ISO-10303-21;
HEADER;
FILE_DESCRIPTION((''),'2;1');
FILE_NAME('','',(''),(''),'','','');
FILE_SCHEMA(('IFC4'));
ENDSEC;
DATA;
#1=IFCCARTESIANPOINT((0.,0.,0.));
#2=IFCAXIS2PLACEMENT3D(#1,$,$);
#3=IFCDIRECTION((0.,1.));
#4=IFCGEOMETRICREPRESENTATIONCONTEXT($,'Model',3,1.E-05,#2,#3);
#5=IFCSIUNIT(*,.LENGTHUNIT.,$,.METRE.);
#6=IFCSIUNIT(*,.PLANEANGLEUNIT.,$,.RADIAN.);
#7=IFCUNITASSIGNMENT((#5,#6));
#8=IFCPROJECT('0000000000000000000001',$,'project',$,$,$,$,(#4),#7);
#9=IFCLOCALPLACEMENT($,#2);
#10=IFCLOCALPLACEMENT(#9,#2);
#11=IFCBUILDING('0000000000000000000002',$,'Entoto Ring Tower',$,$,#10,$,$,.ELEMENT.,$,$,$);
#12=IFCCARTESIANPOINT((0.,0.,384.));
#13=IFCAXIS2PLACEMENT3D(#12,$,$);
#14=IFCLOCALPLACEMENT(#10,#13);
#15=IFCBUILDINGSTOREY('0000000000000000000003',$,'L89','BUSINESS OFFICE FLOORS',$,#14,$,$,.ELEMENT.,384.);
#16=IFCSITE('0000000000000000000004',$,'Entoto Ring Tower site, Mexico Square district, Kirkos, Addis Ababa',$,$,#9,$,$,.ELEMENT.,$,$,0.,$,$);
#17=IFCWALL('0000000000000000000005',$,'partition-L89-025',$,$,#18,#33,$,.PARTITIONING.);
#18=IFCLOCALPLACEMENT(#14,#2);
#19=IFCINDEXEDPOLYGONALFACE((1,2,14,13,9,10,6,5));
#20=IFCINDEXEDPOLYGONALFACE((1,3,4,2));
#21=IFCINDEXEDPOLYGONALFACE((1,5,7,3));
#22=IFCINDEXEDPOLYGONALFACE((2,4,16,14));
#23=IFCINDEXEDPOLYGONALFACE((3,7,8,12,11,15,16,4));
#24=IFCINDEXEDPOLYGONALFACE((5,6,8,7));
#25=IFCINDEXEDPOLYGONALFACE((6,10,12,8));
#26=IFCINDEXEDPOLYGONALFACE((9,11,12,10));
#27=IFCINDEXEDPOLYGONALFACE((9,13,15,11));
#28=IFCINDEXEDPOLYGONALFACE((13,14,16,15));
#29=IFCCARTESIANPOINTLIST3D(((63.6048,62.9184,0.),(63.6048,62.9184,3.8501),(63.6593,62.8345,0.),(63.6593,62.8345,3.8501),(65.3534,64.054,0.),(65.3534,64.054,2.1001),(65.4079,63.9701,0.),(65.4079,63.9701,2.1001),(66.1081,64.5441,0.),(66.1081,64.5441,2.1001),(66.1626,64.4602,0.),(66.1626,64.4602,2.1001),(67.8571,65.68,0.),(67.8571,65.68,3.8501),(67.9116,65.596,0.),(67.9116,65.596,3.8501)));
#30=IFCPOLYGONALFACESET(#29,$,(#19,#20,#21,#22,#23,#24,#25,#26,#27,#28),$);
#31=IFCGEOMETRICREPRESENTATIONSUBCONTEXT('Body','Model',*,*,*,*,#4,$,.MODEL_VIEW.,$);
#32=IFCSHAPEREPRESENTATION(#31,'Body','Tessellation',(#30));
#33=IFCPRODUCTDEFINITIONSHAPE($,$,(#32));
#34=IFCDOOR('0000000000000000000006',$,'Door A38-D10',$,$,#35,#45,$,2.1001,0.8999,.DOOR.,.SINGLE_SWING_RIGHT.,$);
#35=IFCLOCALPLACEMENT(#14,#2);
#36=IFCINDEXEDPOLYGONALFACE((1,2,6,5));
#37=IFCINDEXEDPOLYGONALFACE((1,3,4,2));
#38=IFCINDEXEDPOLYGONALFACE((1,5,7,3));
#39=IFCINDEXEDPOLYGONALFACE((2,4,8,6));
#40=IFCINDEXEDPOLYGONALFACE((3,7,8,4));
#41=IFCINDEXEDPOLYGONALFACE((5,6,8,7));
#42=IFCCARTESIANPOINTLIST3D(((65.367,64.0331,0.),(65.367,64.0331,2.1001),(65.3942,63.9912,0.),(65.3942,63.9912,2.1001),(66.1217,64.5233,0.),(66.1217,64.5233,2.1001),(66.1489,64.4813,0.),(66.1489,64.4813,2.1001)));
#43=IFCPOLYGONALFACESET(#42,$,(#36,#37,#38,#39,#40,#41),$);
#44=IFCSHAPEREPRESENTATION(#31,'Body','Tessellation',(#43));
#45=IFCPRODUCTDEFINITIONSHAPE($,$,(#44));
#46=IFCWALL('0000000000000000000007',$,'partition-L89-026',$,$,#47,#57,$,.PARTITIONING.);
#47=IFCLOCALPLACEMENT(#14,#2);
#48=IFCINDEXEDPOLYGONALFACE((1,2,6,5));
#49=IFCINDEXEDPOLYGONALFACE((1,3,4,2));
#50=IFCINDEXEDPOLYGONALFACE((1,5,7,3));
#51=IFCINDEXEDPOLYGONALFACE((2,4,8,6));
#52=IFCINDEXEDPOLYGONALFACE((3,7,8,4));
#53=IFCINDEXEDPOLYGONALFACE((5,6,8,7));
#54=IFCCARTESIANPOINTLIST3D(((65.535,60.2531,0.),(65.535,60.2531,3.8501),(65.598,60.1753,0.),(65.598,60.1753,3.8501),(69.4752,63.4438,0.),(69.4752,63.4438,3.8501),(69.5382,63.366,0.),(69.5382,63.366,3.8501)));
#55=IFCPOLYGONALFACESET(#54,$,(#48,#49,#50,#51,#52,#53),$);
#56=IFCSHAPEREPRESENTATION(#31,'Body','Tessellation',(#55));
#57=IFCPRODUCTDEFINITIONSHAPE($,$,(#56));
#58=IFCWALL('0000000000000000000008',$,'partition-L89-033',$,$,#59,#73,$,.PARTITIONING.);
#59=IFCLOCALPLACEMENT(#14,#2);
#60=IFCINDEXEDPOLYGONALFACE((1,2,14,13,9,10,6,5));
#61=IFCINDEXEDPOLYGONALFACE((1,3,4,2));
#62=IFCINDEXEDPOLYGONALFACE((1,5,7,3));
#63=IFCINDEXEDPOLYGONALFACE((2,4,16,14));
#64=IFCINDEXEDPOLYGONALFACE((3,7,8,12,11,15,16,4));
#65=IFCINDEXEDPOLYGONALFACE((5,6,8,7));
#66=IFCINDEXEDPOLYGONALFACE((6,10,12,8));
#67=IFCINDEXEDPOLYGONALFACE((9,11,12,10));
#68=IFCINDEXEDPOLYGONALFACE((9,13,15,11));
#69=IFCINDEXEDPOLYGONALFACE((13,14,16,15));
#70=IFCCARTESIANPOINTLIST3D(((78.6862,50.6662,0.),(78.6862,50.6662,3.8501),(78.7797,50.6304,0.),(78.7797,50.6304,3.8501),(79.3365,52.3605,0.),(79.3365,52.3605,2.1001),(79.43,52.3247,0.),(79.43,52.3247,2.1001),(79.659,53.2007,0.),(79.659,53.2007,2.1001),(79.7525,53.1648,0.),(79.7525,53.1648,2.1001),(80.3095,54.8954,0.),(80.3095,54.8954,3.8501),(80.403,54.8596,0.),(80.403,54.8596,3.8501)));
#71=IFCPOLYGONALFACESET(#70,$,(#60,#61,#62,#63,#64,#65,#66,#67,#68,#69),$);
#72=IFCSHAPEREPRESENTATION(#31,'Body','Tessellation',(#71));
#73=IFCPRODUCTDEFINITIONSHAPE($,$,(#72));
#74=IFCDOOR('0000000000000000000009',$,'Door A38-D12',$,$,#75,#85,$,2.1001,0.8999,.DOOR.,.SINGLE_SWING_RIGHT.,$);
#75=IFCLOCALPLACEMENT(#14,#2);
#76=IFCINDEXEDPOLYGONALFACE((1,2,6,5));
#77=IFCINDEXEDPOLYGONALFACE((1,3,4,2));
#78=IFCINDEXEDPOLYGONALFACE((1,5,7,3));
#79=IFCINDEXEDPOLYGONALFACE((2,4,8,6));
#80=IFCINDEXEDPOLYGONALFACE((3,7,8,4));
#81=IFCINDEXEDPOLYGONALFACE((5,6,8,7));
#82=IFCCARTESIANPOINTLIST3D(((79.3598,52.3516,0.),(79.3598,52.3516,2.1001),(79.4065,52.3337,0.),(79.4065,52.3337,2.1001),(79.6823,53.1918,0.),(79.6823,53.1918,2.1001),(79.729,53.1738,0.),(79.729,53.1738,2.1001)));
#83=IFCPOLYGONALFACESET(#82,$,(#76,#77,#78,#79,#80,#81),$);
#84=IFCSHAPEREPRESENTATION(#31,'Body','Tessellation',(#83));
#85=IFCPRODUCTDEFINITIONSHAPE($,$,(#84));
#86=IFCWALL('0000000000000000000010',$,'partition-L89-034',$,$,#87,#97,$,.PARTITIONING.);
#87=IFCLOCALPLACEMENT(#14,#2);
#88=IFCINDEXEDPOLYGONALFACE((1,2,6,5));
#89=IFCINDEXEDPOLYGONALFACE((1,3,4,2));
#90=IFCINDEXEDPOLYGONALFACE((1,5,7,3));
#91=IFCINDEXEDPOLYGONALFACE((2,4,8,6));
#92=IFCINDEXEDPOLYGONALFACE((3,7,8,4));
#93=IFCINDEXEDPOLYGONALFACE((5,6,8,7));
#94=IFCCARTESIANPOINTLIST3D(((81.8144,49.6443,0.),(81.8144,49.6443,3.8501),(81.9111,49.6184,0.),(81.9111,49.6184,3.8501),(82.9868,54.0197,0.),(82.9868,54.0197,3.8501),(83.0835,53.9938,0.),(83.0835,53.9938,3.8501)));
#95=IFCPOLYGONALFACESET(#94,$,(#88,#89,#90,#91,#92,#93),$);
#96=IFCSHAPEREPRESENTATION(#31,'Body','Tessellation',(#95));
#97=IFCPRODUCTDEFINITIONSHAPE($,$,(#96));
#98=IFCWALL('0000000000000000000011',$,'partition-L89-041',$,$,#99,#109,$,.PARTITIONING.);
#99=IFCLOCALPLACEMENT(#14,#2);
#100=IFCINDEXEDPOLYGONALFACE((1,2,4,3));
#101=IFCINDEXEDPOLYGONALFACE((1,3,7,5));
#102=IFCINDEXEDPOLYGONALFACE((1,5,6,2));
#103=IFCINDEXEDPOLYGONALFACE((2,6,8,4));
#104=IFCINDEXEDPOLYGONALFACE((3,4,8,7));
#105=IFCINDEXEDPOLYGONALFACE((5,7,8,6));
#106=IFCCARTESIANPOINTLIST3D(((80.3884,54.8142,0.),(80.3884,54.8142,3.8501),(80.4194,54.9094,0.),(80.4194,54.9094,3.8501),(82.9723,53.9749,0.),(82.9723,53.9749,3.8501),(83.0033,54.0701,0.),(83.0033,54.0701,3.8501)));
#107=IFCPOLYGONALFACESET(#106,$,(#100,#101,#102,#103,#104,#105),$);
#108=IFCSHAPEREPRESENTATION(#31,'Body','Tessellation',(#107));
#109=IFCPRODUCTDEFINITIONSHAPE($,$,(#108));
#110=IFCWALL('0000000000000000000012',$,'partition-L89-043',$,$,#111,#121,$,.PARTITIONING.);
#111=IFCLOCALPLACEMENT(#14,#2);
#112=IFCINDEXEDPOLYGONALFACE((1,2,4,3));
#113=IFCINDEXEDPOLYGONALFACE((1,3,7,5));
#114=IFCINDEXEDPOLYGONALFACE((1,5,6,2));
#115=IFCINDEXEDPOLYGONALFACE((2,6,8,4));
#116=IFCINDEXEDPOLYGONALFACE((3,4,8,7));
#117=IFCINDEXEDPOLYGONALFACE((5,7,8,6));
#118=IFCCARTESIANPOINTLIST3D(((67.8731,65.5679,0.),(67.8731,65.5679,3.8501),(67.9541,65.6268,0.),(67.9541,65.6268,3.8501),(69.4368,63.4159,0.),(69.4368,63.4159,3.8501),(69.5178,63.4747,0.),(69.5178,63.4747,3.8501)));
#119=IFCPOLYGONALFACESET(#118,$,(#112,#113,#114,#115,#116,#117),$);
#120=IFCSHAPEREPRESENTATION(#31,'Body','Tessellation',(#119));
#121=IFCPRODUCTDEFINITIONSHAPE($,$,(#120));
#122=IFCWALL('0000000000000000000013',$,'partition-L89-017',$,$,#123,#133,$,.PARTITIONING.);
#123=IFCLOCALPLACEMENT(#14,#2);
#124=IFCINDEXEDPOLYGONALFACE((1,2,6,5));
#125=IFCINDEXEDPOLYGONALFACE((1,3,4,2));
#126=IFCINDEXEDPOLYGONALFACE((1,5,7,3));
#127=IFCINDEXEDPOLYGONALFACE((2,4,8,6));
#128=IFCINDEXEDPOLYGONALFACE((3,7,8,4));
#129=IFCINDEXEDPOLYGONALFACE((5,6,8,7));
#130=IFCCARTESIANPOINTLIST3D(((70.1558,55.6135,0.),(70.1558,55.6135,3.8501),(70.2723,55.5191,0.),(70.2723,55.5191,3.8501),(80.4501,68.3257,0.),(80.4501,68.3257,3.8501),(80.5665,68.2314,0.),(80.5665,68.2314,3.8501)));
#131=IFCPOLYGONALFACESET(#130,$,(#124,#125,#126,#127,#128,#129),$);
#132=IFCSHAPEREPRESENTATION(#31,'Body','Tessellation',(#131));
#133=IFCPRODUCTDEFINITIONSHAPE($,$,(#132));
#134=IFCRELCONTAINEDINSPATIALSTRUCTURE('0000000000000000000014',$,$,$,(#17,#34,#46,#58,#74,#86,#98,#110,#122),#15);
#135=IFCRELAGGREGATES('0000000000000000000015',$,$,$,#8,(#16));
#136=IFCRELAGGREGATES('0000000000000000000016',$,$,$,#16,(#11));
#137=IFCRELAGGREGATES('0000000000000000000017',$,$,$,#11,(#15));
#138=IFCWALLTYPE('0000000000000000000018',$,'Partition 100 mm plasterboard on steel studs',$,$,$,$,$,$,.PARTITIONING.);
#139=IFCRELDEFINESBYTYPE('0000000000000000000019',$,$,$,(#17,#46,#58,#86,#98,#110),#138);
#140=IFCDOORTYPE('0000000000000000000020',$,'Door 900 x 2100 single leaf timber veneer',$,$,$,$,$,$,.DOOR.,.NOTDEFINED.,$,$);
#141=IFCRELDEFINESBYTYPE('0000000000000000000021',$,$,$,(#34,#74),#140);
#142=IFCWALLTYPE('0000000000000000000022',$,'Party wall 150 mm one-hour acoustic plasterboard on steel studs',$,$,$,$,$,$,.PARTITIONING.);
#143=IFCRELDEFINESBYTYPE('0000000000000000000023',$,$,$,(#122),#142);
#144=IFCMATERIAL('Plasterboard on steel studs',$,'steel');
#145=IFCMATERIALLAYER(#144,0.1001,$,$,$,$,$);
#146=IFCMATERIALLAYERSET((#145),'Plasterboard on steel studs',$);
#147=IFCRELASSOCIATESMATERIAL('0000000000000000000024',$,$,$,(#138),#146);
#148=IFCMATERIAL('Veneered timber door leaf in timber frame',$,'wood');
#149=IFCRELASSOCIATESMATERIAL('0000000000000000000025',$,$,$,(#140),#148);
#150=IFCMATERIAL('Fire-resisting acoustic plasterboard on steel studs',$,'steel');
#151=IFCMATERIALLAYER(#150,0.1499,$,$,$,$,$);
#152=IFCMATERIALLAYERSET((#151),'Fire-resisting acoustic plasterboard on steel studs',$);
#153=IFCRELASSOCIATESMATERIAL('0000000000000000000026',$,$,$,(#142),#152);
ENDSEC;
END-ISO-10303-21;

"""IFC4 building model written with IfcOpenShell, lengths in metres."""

from ifc_helpers import new_model, si_unit, direction, frame, frame_2d, origin, place, context, subcontext, project, spatial, rectangle, extrude, material, layer, layer_set, type_object, element, fill, save


model = new_model("IFC4")

# Units and contexts
model_context = context("Model", 3, precision=1e-05, world=origin(), true_north=direction((0.0, 1.0)))
body_context = subcontext(model_context, "Body", "Model", "MODEL_VIEW")
ifc_project = project(units=[si_unit("LENGTHUNIT", "METRE"), si_unit("PLANEANGLEUNIT", "RADIAN")], contexts=[model_context])

# Site, building, storey
site_placement = place(None, origin())
site = spatial("IfcSite", under=ifc_project, at=site_placement, Name="Entoto Ring Tower site, Mexico Square district, Kirkos, Addis Ababa", CompositionType="ELEMENT", RefElevation=0.0)
building_placement = place(site_placement, origin())
building = spatial("IfcBuilding", under=site, at=building_placement, Name="Entoto Ring Tower", CompositionType="ELEMENT")
storey_placement = place(building_placement, frame((0.0, 0.0, 384.0)))
storey = spatial("IfcBuildingStorey", under=building, at=storey_placement, Name="L89", Description="BUSINESS OFFICE FLOORS", CompositionType="ELEMENT", Elevation=384.0)

# Wall, opening, door
ifc_material_1 = material(Name="Plasterboard on steel studs", Category="steel")
ifc_layer_1 = layer(ifc_material_1, 0.1001)
ifc_layer_set_1 = layer_set([ifc_layer_1], Name="Plasterboard on steel studs")
wall_type_1 = type_object("IfcWallType", Name="Partition 100 mm plasterboard on steel studs", PredefinedType="PARTITIONING", material=ifc_layer_set_1)
wall_1_placement = place(storey_placement, frame((63.6321, 62.8765, 0.0), z_axis=(0.0, 0.0, 1.0), x_axis=(0.838665, 0.544648, 0.0)))
wall_1 = element("IfcWall", 1, at=wall_1_placement, inside=storey, type_object=wall_type_1, Name="partition-L89-025", PredefinedType="PARTITIONING", context=body_context, shape_type="SweptSolid", body=[
    extrude(rectangle(XDim=5.0703, YDim=0.1001, at=frame_2d((2.5352, 0.0))), origin(), (0.0, 0.0, 1.0), 3.8501),
])
opening_1_placement = place(wall_1_placement, frame((2.085, 0.0, 0.0)))
opening_1 = element("IfcOpeningElement", 2, at=opening_1_placement, cuts=wall_1, PredefinedType="OPENING", context=body_context, shape_type="SweptSolid", body=[
    extrude(rectangle(XDim=0.8999, YDim=2.1001, at=frame_2d((0.45, 1.05))), frame((0.0, 0.0601, 0.0), z_axis=(0.0, -1.0, 0.0), x_axis=(1.0, 0.0, 0.0)), (0.0, 0.0, 1.0), 0.1201),
])
ifc_material_2 = material(Name="Veneered timber door leaf in timber frame", Category="wood")
door_type_1 = type_object("IfcDoorType", Name="Door 900 x 2100 single leaf timber veneer", OperationType="NOTDEFINED", PredefinedType="DOOR", material=ifc_material_2)
door_1_placement = place(opening_1_placement, frame((0.8999, 0.0, 0.0), z_axis=(0.0, 0.0, 1.0), x_axis=(-1.0, 0.0, 0.0)))
door_1 = element("IfcDoor", 3, at=door_1_placement, inside=storey, type_object=door_type_1, Name="Door A38-D10", OperationType="SINGLE_SWING_RIGHT", OverallHeight=2.1001, OverallWidth=0.8999, PredefinedType="DOOR", context=body_context, shape_type="SweptSolid", body=[
    extrude(rectangle(XDim=0.8999, YDim=2.1001, at=frame_2d((0.45, 1.05))), frame((0.0, 0.0249, 0.0), z_axis=(0.0, -1.0, 0.0), x_axis=(1.0, 0.0, 0.0)), (0.0, 0.0, 1.0), 0.05),
])
fill(opening_1, door_1)

# Wall
wall_2_placement = place(storey_placement, frame((65.5664, 60.2141, 0.0), z_axis=(0.0, 0.0, 1.0), x_axis=(0.777148, 0.629317, 0.0)))
element("IfcWall", 4, at=wall_2_placement, inside=storey, type_object=wall_type_1, Name="partition-L89-026", PredefinedType="PARTITIONING", context=body_context, shape_type="SweptSolid", body=[
    extrude(rectangle(XDim=5.0701, YDim=0.1001, at=frame_2d((2.5352, 0.0))), origin(), (0.0, 0.0, 1.0), 3.8501),
])

# Wall, opening, door
wall_3_placement = place(storey_placement, frame((78.7329, 50.6482, 0.0), z_axis=(0.0, 0.0, 1.0), x_axis=(0.358336, 0.933593, 0.0)))
wall_3 = element("IfcWall", 5, at=wall_3_placement, inside=storey, type_object=wall_type_1, Name="partition-L89-033", PredefinedType="PARTITIONING", context=body_context, shape_type="SweptSolid", body=[
    extrude(rectangle(XDim=4.53, YDim=0.1001, at=frame_2d((2.2651, 0.0))), origin(), (0.0, 0.0, 1.0), 3.8501),
])
opening_2_placement = place(wall_3_placement, frame((1.8149, 0.0, 0.0)))
opening_2 = element("IfcOpeningElement", 6, at=opening_2_placement, cuts=wall_3, PredefinedType="OPENING", context=body_context, shape_type="SweptSolid", body=[
    extrude(rectangle(XDim=0.8999, YDim=2.1001, at=frame_2d((0.45, 1.05))), frame((0.0, 0.0601, 0.0), z_axis=(0.0, -1.0, 0.0), x_axis=(1.0, 0.0, 0.0)), (0.0, 0.0, 1.0), 0.1201),
])
door_2_placement = place(opening_2_placement, frame((0.8999, 0.0, 0.0), z_axis=(0.0, 0.0, 1.0), x_axis=(-1.0, 0.0, 0.0)))
door_2 = element("IfcDoor", 7, at=door_2_placement, inside=storey, type_object=door_type_1, Name="Door A38-D12", OperationType="SINGLE_SWING_RIGHT", OverallHeight=2.1001, OverallWidth=0.8999, PredefinedType="DOOR", context=body_context, shape_type="SweptSolid", body=[
    extrude(rectangle(XDim=0.8999, YDim=2.1001, at=frame_2d((0.45, 1.05))), frame((0.0, 0.0249, 0.0), z_axis=(0.0, -1.0, 0.0), x_axis=(1.0, 0.0, 0.0)), (0.0, 0.0, 1.0), 0.05),
])
fill(opening_2, door_2)

# Walls
wall_4_placement = place(storey_placement, frame((81.8628, 49.6313, 0.0), z_axis=(0.0, 0.0, 1.0), x_axis=(0.25881, 0.965928, 0.0)))
element("IfcWall", 8, at=wall_4_placement, inside=storey, type_object=wall_type_1, Name="partition-L89-034", PredefinedType="PARTITIONING", context=body_context, shape_type="SweptSolid", body=[
    extrude(rectangle(XDim=4.5298, YDim=0.1001, at=frame_2d((2.2649, 0.0))), origin(), (0.0, 0.0, 1.0), 3.8501),
])
wall_5_placement = place(storey_placement, frame((82.9878, 54.0225, 0.0), z_axis=(0.0, 0.0, 1.0), x_axis=(-0.951082, 0.30894, 0.0)))
element("IfcWall", 9, at=wall_5_placement, inside=storey, type_object=wall_type_1, Name="partition-L89-041", PredefinedType="PARTITIONING", context=body_context, shape_type="SweptSolid", body=[
    extrude(rectangle(XDim=2.7168, YDim=0.1001, at=frame_2d((1.3584, 0.0))), origin(), (0.0, 0.0, 1.0), 3.8501),
])
wall_6_placement = place(storey_placement, frame((69.4773, 63.4453, 0.0), z_axis=(0.0, 0.0, 1.0), x_axis=(-0.587817, 0.808994, 0.0)))
element("IfcWall", 10, at=wall_6_placement, inside=storey, type_object=wall_type_1, Name="partition-L89-043", PredefinedType="PARTITIONING", context=body_context, shape_type="SweptSolid", body=[
    extrude(rectangle(XDim=2.6602, YDim=0.1001, at=frame_2d((1.3301, 0.0))), origin(), (0.0, 0.0, 1.0), 3.8501),
])
ifc_material_3 = material(Name="Fire-resisting acoustic plasterboard on steel studs", Category="steel")
ifc_layer_2 = layer(ifc_material_3, 0.1499)
ifc_layer_set_2 = layer_set([ifc_layer_2], Name="Fire-resisting acoustic plasterboard on steel studs")
wall_type_2 = type_object("IfcWallType", Name="Party wall 150 mm one-hour acoustic plasterboard on steel studs", PredefinedType="PARTITIONING", material=ifc_layer_set_2)
wall_7_placement = place(storey_placement, frame((70.2141, 55.5664, 0.0), z_axis=(0.0, 0.0, 1.0), x_axis=(0.629324, 0.777143, 0.0)))
element("IfcWall", 11, at=wall_7_placement, inside=storey, type_object=wall_type_2, Name="partition-L89-017", PredefinedType="PARTITIONING", context=body_context, shape_type="SweptSolid", body=[
    extrude(rectangle(XDim=16.3577, YDim=0.1499, at=frame_2d((8.1787, 0.0))), origin(), (0.0, 0.0, 1.0), 3.8501),
])

save(model, "model.ifc")
